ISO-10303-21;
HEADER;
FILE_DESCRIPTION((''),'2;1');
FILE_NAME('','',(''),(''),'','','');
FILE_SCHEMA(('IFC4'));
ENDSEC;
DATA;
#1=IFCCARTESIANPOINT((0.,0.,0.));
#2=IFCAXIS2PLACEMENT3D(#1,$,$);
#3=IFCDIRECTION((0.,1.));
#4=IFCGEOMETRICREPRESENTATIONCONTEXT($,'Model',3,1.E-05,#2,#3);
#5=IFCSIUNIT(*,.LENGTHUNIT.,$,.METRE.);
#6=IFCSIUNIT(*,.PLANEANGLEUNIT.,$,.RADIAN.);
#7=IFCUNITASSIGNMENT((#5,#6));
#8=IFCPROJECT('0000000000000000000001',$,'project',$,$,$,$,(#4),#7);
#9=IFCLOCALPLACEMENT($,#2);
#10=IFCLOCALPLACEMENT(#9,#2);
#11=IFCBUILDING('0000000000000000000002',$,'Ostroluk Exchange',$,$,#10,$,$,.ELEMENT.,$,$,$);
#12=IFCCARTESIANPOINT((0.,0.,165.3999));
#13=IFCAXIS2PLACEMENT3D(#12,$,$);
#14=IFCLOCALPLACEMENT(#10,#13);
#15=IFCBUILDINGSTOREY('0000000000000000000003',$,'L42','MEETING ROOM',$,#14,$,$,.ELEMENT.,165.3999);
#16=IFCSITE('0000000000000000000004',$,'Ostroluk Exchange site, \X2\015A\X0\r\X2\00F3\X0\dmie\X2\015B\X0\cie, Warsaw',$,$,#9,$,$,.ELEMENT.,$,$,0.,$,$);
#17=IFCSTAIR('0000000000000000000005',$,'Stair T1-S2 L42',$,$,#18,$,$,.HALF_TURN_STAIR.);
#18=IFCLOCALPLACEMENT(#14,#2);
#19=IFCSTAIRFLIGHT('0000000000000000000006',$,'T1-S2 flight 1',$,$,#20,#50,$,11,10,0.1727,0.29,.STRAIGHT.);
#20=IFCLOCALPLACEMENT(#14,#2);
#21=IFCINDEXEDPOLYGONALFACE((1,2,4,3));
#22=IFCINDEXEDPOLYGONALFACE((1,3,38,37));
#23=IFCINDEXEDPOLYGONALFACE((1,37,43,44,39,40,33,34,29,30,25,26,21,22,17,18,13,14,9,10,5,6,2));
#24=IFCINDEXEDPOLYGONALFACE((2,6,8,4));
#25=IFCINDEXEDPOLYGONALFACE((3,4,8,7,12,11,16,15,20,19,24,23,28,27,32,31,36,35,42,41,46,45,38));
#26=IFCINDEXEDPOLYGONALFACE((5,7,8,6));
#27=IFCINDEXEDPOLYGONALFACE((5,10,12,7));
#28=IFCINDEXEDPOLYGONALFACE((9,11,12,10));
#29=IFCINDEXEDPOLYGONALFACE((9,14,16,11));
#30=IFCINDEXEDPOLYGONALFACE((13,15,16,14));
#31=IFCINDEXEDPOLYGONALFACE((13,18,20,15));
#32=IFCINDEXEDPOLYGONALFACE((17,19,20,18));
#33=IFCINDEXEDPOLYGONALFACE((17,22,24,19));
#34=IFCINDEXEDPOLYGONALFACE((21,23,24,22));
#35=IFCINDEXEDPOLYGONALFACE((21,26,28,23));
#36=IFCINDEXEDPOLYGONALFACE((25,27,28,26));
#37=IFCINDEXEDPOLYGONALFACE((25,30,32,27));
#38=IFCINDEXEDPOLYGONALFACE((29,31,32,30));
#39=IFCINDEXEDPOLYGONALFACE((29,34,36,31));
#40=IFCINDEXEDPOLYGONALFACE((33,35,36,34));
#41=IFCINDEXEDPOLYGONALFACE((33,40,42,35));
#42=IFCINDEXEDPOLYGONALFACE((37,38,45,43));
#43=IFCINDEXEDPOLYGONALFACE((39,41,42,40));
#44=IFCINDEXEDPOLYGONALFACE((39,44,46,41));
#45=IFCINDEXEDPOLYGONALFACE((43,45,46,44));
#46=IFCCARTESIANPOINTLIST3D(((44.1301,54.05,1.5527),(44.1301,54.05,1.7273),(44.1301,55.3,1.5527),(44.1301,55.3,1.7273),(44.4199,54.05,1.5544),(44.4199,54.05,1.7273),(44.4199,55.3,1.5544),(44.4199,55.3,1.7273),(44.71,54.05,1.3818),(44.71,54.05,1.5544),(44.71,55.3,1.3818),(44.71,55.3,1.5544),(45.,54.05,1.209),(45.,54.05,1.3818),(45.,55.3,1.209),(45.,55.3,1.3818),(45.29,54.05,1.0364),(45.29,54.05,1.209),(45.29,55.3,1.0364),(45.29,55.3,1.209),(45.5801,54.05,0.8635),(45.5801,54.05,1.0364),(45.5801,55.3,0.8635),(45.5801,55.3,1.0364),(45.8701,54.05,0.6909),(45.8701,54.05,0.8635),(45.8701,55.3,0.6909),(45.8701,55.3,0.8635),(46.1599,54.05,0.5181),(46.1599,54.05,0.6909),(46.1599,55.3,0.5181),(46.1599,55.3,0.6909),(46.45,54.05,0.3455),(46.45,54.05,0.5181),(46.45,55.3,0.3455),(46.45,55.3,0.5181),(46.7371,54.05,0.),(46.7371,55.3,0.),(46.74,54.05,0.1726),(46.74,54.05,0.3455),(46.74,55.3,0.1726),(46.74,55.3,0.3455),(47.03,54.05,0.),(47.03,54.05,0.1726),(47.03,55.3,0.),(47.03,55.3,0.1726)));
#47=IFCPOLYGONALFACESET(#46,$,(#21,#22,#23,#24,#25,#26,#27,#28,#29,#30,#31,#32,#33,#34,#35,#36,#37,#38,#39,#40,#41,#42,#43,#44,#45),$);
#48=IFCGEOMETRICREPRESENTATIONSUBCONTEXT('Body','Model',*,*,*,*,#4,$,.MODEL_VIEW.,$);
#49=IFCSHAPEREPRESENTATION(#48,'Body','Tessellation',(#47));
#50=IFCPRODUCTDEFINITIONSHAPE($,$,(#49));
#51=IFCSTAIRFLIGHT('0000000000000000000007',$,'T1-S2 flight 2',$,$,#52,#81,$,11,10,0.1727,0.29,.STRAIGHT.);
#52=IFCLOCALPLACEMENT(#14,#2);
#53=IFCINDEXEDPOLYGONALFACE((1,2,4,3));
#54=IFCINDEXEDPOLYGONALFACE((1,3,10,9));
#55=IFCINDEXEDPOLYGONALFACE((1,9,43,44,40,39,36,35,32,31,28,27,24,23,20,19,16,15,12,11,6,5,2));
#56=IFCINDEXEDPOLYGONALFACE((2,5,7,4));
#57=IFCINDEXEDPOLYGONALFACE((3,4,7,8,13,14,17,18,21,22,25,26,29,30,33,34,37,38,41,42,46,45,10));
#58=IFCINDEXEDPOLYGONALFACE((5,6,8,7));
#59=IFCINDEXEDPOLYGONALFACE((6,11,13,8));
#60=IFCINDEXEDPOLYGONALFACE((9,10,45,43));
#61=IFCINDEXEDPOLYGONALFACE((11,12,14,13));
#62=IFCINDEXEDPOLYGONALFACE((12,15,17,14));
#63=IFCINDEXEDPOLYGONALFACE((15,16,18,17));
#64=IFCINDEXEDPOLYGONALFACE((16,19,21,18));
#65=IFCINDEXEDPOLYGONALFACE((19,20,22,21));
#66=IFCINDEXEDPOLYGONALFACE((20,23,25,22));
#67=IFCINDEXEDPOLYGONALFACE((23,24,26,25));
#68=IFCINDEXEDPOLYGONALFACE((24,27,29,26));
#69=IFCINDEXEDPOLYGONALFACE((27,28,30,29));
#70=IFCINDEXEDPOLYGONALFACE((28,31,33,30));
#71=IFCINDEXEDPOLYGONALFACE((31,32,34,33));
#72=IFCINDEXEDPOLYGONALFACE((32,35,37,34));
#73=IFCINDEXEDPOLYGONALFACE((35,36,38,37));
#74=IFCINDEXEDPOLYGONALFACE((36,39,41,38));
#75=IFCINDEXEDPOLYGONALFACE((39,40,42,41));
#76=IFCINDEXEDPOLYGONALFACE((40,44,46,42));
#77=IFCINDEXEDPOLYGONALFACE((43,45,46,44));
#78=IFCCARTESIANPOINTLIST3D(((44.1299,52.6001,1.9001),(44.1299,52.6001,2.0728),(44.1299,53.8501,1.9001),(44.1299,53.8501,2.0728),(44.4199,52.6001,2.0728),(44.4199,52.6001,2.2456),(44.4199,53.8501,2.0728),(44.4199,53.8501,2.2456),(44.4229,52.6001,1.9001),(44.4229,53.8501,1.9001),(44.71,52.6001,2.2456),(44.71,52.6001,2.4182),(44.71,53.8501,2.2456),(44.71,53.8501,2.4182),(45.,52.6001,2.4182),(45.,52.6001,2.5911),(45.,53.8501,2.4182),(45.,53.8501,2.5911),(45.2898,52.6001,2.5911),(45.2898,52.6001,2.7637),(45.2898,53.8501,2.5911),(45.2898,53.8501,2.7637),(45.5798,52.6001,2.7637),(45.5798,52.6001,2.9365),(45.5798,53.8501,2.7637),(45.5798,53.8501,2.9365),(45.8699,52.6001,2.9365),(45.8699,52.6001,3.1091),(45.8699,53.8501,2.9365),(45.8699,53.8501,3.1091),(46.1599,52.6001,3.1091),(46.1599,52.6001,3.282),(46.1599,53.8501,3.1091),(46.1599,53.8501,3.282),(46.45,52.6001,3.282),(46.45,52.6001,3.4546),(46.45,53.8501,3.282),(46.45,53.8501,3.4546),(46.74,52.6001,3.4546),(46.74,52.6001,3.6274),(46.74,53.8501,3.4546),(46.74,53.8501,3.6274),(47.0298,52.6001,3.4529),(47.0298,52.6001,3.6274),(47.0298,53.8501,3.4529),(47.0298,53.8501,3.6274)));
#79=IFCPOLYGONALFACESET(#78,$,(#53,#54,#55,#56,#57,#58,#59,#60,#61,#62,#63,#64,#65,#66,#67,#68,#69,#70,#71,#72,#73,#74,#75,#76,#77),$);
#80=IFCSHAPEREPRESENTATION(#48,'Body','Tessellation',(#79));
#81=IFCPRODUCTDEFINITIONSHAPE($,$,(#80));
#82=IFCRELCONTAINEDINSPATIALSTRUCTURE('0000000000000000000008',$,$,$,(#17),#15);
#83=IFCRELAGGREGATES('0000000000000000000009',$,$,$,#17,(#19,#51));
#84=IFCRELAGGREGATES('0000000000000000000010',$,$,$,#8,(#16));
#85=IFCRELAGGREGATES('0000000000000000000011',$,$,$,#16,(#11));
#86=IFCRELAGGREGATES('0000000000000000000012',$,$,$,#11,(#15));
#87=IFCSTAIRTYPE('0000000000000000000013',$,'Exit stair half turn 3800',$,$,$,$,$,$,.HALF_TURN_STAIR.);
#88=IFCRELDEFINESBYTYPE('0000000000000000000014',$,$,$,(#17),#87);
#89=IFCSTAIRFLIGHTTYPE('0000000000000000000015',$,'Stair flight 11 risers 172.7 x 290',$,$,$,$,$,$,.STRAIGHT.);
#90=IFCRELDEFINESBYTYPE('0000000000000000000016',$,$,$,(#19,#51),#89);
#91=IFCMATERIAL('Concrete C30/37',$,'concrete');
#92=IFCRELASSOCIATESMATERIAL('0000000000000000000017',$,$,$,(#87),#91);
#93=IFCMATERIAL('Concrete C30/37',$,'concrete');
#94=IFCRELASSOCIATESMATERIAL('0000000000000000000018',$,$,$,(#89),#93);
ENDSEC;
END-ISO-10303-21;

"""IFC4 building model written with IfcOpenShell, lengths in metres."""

from ifc_helpers import new_model, si_unit, direction, frame, origin, place, context, subcontext, project, spatial, polyline, outline, extrude, material, type_object, element, aggregate, save


model = new_model("IFC4")

# Units and contexts
model_context = context("Model", 3, precision=1e-05, world=origin(), true_north=direction((0.0, 1.0)))
body_context = subcontext(model_context, "Body", "Model", "MODEL_VIEW")
ifc_project = project(units=[si_unit("LENGTHUNIT", "METRE"), si_unit("PLANEANGLEUNIT", "RADIAN")], contexts=[model_context])

# Site, building, storey
site_placement = place(None, origin())
site = spatial("IfcSite", under=ifc_project, at=site_placement, Name="Ostroluk Exchange site, Śródmieście, Warsaw", CompositionType="ELEMENT", RefElevation=0.0)
building_placement = place(site_placement, origin())
building = spatial("IfcBuilding", under=site, at=building_placement, Name="Ostroluk Exchange", CompositionType="ELEMENT")
storey_placement = place(building_placement, frame((0.0, 0.0, 165.3999)))
storey = spatial("IfcBuildingStorey", under=building, at=storey_placement, Name="L42", Description="MEETING ROOM", CompositionType="ELEMENT", Elevation=165.3999)

# Stair, stair flights
ifc_material_1 = material(Name="Concrete C30/37", Category="concrete")
stair_type = type_object("IfcStairType", Name="Exit stair half turn 3800", PredefinedType="HALF_TURN_STAIR", material=ifc_material_1)
stair_placement = place(storey_placement, origin())
stair = element("IfcStair", 1, at=stair_placement, inside=storey, type_object=stair_type, Name="Stair T1-S2 L42", PredefinedType="HALF_TURN_STAIR")
ifc_material_2 = material(Name="Concrete C30/37", Category="concrete")
stair_flight_type = type_object("IfcStairFlightType", Name="Stair flight 11 risers 172.7 x 290", PredefinedType="STRAIGHT", material=ifc_material_2)
stair_flight_1_placement = place(storey_placement, frame((47.03, 54.675, 0.0), z_axis=(0.0, 0.0, 1.0), x_axis=(-1.0, 0.0, 0.0)))
stair_flight_1 = element("IfcStairFlight", 2, at=stair_flight_1_placement, type_object=stair_flight_type, Name="T1-S2 flight 1", NumberOfRisers=11, NumberOfTreads=10, PredefinedType="STRAIGHT", RiserHeight=0.1727, TreadLength=0.29, context=body_context, shape_type="SweptSolid", body=[
    extrude(outline(polyline([(0.0, 0.0), (0.0, 0.1726), (0.29, 0.1726), (0.29, 0.3455), (0.5801, 0.3455), (0.5801, 0.5181), (0.8701, 0.5181), (0.8701, 0.6909), (1.1599, 0.6909), (1.1599, 0.8635), (1.45, 0.8635), (1.45, 1.0364), (1.74, 1.0364), (1.74, 1.209), (2.03, 1.209), (2.03, 1.3818), (2.3201, 1.3818), (2.3201, 1.5544), (2.6101, 1.5544), (2.6101, 1.7273), (2.8999, 1.7273), (2.8999, 1.8999), (2.8999, 1.5527), (0.293, 0.0), (0.0, 0.0)])), frame((0.0, 0.625, 0.0), z_axis=(0.0, -1.0, 0.0), x_axis=(1.0, 0.0, 0.0)), (0.0, 0.0, 1.0), 1.25),
])
stair_flight_2_placement = place(storey_placement, frame((44.1299, 53.2251, 1.9001), z_axis=(0.0, 0.0, 1.0), x_axis=(1.0, 0.0, 0.0)))
stair_flight_2 = element("IfcStairFlight", 3, at=stair_flight_2_placement, type_object=stair_flight_type, Name="T1-S2 flight 2", NumberOfRisers=11, NumberOfTreads=10, PredefinedType="STRAIGHT", RiserHeight=0.1727, TreadLength=0.29, context=body_context, shape_type="SweptSolid", body=[
    extrude(outline(polyline([(0.0, 0.0), (0.0, 0.1726), (0.29, 0.1726), (0.29, 0.3455), (0.5801, 0.3455), (0.5801, 0.5181), (0.8701, 0.5181), (0.8701, 0.6909), (1.1599, 0.6909), (1.1599, 0.8635), (1.45, 0.8635), (1.45, 1.0364), (1.74, 1.0364), (1.74, 1.209), (2.03, 1.209), (2.03, 1.3818), (2.3201, 1.3818), (2.3201, 1.5544), (2.6101, 1.5544), (2.6101, 1.7273), (2.8999, 1.7273), (2.8999, 1.8999), (2.8999, 1.5527), (0.293, 0.0), (0.0, 0.0)])), frame((0.0, 0.625, 0.0), z_axis=(0.0, -1.0, 0.0), x_axis=(1.0, 0.0, 0.0)), (0.0, 0.0, 1.0), 1.25),
])
aggregate(stair, [stair_flight_1, stair_flight_2])

save(model, "model.ifc")
